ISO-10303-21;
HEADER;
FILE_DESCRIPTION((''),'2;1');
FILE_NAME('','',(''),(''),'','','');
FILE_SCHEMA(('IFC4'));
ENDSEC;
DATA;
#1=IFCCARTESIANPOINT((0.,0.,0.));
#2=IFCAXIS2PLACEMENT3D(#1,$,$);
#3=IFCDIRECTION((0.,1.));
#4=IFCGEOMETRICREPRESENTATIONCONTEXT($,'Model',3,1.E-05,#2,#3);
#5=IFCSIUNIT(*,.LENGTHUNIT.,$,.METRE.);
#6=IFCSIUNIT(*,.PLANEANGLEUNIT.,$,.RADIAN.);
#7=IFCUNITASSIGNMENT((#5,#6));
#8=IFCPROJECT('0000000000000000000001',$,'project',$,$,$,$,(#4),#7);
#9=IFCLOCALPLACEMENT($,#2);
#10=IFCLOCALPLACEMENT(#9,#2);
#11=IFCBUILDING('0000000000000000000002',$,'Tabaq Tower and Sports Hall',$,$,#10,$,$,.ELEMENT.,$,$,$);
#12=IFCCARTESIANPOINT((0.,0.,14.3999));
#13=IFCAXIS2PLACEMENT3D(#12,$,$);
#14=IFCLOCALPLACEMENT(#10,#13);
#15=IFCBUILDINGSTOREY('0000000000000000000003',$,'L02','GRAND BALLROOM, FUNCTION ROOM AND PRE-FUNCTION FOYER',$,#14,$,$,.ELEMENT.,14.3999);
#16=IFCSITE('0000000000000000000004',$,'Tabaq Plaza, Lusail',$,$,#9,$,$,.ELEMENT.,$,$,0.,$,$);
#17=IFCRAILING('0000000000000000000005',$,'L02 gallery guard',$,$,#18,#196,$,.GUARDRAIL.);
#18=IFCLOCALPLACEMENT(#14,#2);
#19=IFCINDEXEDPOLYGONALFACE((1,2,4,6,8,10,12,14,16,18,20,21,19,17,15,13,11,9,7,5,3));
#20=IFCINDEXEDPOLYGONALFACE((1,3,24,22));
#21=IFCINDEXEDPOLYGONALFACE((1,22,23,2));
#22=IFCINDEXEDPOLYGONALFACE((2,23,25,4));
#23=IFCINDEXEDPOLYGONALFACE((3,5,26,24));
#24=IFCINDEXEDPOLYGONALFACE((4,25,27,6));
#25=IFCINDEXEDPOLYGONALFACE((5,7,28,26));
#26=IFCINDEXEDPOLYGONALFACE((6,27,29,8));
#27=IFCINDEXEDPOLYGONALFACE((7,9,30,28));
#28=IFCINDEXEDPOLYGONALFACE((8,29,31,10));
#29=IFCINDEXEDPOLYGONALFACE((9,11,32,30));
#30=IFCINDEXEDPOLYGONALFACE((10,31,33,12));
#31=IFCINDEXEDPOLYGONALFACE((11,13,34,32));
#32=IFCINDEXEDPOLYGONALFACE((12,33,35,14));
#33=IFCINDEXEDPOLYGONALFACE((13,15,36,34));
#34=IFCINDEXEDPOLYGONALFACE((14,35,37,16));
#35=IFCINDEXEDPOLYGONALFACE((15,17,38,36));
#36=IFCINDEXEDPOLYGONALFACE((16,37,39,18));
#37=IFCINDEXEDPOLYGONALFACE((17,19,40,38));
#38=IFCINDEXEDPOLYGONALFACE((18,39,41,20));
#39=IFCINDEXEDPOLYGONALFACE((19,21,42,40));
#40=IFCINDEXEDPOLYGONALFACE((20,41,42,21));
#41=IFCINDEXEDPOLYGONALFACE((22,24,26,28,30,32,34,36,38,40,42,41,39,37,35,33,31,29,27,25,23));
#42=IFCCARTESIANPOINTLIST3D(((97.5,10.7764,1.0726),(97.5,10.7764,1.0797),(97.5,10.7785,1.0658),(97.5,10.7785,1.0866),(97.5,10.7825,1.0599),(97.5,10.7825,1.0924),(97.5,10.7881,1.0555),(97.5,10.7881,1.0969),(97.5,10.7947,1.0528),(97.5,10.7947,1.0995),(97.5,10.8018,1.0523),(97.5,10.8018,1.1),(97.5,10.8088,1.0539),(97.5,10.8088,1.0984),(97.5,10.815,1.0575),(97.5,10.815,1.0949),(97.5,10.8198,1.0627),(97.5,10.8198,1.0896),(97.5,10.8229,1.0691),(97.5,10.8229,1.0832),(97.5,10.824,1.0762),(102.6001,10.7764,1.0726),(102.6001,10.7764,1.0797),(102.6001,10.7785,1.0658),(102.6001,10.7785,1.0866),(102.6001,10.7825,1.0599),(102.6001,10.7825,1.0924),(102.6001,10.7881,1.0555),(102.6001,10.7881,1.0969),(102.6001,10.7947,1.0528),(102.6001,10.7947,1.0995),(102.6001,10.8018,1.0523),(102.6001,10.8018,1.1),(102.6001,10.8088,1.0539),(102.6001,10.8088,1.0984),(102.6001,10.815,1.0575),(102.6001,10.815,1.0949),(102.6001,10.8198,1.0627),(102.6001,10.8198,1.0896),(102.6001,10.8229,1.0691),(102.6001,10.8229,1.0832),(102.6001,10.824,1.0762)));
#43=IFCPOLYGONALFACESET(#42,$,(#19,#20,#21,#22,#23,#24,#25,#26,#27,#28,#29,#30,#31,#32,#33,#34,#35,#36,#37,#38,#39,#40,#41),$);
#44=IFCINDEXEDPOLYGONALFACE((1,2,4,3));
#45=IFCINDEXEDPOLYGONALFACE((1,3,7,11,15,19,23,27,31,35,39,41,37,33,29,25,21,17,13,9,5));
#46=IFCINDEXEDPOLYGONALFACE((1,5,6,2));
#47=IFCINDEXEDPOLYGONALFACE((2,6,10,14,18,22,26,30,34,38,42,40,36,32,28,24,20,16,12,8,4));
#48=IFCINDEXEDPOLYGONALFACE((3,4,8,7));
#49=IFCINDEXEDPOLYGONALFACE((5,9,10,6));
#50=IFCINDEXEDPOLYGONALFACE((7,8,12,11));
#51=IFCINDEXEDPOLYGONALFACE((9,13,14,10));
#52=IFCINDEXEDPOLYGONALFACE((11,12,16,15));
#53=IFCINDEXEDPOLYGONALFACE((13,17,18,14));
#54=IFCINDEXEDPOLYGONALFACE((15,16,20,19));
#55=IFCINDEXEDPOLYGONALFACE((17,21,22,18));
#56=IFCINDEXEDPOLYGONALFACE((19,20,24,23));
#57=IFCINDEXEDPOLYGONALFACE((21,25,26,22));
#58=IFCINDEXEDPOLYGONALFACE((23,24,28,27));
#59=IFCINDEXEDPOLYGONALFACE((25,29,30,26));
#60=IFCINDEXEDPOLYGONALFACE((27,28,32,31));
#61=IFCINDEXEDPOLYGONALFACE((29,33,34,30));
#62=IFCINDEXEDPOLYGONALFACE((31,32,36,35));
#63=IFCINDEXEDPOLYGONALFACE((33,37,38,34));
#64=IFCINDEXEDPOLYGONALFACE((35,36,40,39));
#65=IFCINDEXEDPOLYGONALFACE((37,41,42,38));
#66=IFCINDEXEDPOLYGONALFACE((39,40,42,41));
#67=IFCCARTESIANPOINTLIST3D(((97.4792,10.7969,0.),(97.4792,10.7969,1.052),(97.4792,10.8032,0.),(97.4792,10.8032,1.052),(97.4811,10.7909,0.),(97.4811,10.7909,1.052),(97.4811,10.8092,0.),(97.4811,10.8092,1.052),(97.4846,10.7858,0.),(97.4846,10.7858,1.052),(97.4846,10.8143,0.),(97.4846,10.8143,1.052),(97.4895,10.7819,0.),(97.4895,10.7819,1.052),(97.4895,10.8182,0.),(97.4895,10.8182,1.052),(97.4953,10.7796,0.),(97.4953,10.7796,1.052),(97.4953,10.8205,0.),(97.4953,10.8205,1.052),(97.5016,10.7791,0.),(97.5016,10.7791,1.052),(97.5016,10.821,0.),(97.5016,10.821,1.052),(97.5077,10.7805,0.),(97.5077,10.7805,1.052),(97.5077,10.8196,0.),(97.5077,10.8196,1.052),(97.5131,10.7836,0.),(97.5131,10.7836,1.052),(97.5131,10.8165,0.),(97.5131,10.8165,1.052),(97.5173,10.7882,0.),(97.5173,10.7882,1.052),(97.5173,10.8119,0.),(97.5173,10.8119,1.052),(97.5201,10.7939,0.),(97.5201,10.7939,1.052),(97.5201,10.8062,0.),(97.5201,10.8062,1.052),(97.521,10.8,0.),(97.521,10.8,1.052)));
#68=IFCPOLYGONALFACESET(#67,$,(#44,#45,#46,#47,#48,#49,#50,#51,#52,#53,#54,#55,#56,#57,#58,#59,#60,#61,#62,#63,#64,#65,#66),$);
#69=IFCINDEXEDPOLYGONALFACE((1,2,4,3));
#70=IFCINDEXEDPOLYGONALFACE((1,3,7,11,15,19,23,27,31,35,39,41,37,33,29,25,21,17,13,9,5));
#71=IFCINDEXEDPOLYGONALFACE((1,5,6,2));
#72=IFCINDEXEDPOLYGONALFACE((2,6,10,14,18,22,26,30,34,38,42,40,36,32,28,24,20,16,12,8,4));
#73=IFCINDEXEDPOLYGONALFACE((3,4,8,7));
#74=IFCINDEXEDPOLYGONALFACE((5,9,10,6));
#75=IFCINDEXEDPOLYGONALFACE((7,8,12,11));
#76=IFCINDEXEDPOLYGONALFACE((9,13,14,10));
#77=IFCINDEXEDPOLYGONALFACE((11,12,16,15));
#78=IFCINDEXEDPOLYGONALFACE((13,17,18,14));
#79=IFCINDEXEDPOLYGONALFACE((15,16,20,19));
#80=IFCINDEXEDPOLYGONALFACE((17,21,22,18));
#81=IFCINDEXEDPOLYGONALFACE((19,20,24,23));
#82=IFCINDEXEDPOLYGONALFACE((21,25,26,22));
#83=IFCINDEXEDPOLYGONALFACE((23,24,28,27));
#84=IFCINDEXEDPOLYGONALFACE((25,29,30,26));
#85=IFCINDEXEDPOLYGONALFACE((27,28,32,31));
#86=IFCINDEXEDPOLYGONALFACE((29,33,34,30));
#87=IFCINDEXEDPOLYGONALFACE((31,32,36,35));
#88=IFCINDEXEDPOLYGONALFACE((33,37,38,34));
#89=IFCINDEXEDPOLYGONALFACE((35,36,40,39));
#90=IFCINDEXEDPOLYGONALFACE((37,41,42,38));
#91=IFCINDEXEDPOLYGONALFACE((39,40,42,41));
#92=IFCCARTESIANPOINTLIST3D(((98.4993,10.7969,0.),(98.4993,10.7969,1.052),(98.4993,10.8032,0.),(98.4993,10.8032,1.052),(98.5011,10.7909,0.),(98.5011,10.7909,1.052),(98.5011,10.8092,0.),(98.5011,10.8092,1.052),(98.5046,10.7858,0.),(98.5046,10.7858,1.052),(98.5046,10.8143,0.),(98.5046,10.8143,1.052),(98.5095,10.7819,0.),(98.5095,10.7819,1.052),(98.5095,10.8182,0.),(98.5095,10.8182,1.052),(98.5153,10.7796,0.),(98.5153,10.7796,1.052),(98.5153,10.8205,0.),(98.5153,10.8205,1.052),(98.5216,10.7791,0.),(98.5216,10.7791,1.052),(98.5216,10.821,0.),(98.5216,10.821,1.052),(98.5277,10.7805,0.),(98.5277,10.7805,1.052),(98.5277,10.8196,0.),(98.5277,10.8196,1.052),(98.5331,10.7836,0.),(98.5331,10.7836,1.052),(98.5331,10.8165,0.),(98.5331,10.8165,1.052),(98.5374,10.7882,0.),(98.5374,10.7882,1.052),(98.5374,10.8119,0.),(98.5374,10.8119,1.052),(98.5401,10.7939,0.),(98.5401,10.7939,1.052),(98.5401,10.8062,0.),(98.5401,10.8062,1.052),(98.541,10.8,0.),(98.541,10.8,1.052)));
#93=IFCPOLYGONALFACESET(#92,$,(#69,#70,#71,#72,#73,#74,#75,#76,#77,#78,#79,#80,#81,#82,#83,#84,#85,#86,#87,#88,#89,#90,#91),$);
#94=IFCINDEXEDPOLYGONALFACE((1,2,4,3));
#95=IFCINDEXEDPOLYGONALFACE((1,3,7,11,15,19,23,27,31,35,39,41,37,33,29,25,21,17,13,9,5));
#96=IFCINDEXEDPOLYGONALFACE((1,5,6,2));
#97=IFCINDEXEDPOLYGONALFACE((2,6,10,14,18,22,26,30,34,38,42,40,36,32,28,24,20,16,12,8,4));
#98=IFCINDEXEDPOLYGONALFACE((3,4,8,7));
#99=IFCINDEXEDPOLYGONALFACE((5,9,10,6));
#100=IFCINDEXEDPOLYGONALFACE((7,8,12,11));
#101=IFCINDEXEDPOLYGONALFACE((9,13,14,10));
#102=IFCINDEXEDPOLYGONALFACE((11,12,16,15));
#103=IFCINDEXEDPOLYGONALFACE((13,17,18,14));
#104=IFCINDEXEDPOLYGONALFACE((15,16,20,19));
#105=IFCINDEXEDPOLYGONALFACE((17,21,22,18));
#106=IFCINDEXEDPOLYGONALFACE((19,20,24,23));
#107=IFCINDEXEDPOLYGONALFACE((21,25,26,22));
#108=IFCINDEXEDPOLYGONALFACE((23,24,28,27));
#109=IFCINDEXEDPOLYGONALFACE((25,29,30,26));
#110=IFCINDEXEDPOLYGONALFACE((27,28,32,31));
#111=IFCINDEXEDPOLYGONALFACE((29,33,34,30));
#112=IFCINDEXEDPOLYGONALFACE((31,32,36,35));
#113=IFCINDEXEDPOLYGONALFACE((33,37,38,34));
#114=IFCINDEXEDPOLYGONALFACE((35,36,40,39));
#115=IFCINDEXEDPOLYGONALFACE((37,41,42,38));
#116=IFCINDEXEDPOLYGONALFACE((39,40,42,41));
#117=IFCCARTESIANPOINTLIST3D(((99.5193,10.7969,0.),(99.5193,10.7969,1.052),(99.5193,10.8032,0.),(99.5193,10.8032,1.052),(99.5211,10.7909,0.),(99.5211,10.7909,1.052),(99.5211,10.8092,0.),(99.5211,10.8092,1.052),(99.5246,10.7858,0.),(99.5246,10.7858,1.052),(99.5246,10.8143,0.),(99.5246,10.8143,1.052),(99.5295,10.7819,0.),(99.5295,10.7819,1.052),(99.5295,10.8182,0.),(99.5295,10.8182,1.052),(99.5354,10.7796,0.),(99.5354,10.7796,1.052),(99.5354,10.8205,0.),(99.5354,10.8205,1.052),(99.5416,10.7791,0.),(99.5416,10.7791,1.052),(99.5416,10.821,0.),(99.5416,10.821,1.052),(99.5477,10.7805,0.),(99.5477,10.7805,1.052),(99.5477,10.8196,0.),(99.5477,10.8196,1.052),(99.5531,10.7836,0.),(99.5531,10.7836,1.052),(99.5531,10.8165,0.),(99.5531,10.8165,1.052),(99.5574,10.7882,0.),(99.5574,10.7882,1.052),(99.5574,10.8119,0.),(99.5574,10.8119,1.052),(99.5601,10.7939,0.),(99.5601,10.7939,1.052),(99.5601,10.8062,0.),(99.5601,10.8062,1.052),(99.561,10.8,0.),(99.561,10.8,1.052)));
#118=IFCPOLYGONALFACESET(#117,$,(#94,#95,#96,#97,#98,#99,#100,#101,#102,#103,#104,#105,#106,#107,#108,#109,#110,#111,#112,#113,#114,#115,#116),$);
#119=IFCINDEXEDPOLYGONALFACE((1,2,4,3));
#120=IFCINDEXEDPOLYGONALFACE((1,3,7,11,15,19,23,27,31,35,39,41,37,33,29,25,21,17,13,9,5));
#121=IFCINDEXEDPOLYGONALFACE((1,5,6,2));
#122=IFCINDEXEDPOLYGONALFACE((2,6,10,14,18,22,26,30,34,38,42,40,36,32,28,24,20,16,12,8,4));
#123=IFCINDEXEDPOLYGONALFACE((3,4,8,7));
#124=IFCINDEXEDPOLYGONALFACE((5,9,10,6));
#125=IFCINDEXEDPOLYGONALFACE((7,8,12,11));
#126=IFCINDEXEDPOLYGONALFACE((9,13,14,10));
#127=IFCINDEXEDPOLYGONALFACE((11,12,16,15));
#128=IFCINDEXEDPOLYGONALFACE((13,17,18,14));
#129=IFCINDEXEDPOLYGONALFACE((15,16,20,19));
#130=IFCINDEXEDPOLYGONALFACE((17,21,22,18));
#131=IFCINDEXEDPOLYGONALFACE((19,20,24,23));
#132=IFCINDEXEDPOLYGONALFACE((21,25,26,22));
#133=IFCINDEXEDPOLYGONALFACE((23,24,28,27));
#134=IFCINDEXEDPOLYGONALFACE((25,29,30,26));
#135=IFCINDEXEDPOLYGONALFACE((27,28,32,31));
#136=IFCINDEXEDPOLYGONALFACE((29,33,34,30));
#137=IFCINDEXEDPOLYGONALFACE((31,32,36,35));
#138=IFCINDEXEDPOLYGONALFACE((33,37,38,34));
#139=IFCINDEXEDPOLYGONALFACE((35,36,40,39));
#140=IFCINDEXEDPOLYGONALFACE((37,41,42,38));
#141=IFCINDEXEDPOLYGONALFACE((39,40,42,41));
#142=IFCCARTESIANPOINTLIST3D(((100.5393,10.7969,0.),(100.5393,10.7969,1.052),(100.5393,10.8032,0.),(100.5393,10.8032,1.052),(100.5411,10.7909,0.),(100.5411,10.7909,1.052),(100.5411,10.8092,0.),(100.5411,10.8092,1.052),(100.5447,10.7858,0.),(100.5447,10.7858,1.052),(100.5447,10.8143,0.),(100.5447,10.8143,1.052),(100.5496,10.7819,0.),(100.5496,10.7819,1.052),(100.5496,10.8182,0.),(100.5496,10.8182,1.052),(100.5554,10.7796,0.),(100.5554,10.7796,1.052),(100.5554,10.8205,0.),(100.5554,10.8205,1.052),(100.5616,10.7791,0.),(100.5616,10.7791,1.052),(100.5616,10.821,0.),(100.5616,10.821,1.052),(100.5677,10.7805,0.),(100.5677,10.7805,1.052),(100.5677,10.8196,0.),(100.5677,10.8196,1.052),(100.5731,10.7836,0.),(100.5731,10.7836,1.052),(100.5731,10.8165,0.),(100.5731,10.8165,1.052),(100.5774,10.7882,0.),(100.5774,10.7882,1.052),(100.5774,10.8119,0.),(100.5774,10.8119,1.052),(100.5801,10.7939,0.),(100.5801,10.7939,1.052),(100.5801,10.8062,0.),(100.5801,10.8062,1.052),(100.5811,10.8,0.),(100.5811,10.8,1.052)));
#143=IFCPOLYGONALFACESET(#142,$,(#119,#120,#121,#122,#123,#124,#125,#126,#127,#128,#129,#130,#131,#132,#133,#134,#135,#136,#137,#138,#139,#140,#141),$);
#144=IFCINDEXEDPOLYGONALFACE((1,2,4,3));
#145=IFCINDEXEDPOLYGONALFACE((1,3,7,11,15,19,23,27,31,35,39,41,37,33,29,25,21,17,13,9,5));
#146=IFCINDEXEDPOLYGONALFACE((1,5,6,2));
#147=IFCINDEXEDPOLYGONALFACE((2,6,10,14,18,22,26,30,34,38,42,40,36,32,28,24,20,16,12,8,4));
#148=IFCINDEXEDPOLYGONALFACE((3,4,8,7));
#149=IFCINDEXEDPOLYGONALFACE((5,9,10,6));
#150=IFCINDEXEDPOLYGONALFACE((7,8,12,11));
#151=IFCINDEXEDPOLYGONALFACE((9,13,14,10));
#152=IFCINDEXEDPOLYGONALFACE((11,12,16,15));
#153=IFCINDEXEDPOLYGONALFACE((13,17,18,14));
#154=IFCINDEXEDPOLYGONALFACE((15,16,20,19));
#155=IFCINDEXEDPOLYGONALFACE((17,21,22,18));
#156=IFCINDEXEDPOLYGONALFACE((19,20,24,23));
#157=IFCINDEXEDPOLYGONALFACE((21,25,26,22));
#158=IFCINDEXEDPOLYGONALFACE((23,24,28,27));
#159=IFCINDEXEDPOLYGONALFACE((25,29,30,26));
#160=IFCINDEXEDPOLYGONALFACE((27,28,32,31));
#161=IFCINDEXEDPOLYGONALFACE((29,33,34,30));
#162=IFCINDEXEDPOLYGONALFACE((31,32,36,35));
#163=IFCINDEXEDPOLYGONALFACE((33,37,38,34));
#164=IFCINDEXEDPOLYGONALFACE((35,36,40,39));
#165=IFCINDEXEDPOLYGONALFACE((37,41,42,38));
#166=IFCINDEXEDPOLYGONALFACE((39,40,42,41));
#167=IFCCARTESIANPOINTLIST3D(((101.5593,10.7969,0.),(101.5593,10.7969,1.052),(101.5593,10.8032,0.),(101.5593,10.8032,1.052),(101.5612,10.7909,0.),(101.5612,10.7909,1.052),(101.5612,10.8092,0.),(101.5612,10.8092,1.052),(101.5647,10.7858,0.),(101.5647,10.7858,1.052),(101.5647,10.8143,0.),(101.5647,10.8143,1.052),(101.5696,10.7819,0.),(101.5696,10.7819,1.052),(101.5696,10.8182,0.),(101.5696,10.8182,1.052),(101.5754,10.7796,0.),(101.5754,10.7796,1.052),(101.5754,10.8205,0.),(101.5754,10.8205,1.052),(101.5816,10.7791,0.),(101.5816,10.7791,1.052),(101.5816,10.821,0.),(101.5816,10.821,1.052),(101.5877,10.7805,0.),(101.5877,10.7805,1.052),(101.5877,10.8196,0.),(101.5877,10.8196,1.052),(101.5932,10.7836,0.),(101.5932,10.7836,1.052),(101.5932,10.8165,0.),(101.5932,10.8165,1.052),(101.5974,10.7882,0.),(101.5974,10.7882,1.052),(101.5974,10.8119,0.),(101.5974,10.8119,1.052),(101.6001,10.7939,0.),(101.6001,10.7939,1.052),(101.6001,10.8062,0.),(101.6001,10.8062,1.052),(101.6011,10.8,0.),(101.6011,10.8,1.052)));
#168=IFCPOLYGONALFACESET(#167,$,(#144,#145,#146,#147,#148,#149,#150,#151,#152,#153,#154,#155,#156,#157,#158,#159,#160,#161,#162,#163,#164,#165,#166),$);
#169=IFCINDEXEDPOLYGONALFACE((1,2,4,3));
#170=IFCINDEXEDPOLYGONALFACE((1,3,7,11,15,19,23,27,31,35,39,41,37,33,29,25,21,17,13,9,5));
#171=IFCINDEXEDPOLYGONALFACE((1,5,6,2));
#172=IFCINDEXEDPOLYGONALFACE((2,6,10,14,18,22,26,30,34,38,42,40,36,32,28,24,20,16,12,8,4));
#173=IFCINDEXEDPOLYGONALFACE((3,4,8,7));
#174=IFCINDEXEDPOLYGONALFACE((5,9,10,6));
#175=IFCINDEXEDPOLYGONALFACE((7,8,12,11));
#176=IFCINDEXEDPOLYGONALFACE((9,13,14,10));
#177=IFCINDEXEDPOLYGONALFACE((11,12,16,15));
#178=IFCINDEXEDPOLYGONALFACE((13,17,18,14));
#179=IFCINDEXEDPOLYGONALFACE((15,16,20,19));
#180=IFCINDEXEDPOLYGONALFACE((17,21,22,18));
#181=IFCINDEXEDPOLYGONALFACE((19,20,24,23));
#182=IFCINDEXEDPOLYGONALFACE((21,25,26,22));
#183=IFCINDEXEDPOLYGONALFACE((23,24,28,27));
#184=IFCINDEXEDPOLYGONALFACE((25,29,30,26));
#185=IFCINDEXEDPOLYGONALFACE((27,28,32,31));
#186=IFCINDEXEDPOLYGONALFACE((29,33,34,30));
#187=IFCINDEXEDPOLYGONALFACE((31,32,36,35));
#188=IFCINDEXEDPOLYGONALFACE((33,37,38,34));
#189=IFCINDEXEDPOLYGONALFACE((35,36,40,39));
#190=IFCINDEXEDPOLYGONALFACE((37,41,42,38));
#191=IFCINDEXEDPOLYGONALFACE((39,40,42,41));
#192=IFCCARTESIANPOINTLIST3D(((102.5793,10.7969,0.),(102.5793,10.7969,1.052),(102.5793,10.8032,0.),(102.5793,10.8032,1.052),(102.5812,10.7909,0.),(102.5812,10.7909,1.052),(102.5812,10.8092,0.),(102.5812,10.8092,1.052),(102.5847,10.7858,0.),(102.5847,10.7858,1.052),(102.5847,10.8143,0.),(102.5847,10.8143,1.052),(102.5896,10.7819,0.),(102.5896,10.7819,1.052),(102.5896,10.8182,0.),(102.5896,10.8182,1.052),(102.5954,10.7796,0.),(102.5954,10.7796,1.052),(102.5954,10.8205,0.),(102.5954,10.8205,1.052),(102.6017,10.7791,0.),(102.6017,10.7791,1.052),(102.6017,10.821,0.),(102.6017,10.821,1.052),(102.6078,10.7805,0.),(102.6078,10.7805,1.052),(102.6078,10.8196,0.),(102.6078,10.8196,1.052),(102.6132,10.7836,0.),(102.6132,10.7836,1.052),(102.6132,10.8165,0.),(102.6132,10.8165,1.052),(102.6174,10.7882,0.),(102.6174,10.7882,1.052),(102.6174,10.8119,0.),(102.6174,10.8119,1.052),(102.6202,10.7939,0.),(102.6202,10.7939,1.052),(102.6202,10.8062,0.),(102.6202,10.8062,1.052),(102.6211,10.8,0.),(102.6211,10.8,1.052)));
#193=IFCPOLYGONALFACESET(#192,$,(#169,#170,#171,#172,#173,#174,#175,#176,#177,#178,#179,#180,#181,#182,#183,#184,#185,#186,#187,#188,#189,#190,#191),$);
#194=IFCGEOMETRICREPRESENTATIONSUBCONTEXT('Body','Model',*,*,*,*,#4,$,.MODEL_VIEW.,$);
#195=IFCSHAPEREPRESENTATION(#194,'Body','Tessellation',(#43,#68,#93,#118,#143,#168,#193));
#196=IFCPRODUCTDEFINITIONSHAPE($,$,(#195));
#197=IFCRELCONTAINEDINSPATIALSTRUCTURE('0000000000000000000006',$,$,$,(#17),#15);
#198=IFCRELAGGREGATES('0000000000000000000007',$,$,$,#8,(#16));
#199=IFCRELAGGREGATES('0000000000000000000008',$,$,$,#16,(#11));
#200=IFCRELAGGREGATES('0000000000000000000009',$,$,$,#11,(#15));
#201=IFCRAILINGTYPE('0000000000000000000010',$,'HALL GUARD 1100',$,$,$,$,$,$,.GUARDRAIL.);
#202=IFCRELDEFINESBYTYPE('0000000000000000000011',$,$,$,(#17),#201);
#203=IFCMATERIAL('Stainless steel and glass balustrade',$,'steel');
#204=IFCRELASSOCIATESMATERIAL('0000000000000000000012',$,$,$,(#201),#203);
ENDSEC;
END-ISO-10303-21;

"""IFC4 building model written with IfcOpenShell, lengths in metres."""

from ifc_helpers import new_model, si_unit, direction, frame, origin, origin_2d, place, context, subcontext, project, spatial, circle, extrude, material, type_object, element, save


model = new_model("IFC4")

# Units and contexts
model_context = context("Model", 3, precision=1e-05, world=origin(), true_north=direction((0.0, 1.0)))
body_context = subcontext(model_context, "Body", "Model", "MODEL_VIEW")
ifc_project = project(units=[si_unit("LENGTHUNIT", "METRE"), si_unit("PLANEANGLEUNIT", "RADIAN")], contexts=[model_context])

# Site, building, storey
site_placement = place(None, origin())
site = spatial("IfcSite", under=ifc_project, at=site_placement, Name="Tabaq Plaza, Lusail", CompositionType="ELEMENT", RefElevation=0.0)
building_placement = place(site_placement, origin())
building = spatial("IfcBuilding", under=site, at=building_placement, Name="Tabaq Tower and Sports Hall", CompositionType="ELEMENT")
storey_placement = place(building_placement, frame((0.0, 0.0, 14.3999)))
storey = spatial("IfcBuildingStorey", under=building, at=storey_placement, Name="L02", Description="GRAND BALLROOM, FUNCTION ROOM AND PRE-FUNCTION FOYER", CompositionType="ELEMENT", Elevation=14.3999)

# Railing
ifc_material_1 = material(Name="Stainless steel and glass balustrade", Category="steel")
railing_type = type_object("IfcRailingType", Name="HALL GUARD 1100", PredefinedType="GUARDRAIL", material=ifc_material_1)
for number, where, name in (
    (1, (97.5, 10.8, 0.0), "L02 gallery guard"),
):
    element("IfcRailing", number, at=place(storey_placement, frame(where)), inside=storey, type_object=railing_type, Name=name, PredefinedType="GUARDRAIL", context=body_context, shape_type="SweptSolid", body=[
        extrude(circle(Radius=0.0239, at=origin_2d()), frame((0.0, 0.0, 1.0762), z_axis=(1.0, 0.0, 0.0), x_axis=(0.0, 1.0, 0.0)), (0.0, 0.0, 1.0), 5.1001),
        extrude(circle(Radius=0.021, at=origin_2d()), origin(), (0.0, 0.0, 1.0), 1.052),
        extrude(circle(Radius=0.021, at=origin_2d()), frame((1.02, 0.0, 0.0)), (0.0, 0.0, 1.0), 1.052),
        extrude(circle(Radius=0.021, at=origin_2d()), frame((2.04, 0.0, 0.0)), (0.0, 0.0, 1.0), 1.052),
        extrude(circle(Radius=0.021, at=origin_2d()), frame((3.0601, 0.0, 0.0)), (0.0, 0.0, 1.0), 1.052),
        extrude(circle(Radius=0.021, at=origin_2d()), frame((4.0801, 0.0, 0.0)), (0.0, 0.0, 1.0), 1.052),
        extrude(circle(Radius=0.021, at=origin_2d()), frame((5.1001, 0.0, 0.0)), (0.0, 0.0, 1.0), 1.052),
    ])

save(model, "model.ifc")
